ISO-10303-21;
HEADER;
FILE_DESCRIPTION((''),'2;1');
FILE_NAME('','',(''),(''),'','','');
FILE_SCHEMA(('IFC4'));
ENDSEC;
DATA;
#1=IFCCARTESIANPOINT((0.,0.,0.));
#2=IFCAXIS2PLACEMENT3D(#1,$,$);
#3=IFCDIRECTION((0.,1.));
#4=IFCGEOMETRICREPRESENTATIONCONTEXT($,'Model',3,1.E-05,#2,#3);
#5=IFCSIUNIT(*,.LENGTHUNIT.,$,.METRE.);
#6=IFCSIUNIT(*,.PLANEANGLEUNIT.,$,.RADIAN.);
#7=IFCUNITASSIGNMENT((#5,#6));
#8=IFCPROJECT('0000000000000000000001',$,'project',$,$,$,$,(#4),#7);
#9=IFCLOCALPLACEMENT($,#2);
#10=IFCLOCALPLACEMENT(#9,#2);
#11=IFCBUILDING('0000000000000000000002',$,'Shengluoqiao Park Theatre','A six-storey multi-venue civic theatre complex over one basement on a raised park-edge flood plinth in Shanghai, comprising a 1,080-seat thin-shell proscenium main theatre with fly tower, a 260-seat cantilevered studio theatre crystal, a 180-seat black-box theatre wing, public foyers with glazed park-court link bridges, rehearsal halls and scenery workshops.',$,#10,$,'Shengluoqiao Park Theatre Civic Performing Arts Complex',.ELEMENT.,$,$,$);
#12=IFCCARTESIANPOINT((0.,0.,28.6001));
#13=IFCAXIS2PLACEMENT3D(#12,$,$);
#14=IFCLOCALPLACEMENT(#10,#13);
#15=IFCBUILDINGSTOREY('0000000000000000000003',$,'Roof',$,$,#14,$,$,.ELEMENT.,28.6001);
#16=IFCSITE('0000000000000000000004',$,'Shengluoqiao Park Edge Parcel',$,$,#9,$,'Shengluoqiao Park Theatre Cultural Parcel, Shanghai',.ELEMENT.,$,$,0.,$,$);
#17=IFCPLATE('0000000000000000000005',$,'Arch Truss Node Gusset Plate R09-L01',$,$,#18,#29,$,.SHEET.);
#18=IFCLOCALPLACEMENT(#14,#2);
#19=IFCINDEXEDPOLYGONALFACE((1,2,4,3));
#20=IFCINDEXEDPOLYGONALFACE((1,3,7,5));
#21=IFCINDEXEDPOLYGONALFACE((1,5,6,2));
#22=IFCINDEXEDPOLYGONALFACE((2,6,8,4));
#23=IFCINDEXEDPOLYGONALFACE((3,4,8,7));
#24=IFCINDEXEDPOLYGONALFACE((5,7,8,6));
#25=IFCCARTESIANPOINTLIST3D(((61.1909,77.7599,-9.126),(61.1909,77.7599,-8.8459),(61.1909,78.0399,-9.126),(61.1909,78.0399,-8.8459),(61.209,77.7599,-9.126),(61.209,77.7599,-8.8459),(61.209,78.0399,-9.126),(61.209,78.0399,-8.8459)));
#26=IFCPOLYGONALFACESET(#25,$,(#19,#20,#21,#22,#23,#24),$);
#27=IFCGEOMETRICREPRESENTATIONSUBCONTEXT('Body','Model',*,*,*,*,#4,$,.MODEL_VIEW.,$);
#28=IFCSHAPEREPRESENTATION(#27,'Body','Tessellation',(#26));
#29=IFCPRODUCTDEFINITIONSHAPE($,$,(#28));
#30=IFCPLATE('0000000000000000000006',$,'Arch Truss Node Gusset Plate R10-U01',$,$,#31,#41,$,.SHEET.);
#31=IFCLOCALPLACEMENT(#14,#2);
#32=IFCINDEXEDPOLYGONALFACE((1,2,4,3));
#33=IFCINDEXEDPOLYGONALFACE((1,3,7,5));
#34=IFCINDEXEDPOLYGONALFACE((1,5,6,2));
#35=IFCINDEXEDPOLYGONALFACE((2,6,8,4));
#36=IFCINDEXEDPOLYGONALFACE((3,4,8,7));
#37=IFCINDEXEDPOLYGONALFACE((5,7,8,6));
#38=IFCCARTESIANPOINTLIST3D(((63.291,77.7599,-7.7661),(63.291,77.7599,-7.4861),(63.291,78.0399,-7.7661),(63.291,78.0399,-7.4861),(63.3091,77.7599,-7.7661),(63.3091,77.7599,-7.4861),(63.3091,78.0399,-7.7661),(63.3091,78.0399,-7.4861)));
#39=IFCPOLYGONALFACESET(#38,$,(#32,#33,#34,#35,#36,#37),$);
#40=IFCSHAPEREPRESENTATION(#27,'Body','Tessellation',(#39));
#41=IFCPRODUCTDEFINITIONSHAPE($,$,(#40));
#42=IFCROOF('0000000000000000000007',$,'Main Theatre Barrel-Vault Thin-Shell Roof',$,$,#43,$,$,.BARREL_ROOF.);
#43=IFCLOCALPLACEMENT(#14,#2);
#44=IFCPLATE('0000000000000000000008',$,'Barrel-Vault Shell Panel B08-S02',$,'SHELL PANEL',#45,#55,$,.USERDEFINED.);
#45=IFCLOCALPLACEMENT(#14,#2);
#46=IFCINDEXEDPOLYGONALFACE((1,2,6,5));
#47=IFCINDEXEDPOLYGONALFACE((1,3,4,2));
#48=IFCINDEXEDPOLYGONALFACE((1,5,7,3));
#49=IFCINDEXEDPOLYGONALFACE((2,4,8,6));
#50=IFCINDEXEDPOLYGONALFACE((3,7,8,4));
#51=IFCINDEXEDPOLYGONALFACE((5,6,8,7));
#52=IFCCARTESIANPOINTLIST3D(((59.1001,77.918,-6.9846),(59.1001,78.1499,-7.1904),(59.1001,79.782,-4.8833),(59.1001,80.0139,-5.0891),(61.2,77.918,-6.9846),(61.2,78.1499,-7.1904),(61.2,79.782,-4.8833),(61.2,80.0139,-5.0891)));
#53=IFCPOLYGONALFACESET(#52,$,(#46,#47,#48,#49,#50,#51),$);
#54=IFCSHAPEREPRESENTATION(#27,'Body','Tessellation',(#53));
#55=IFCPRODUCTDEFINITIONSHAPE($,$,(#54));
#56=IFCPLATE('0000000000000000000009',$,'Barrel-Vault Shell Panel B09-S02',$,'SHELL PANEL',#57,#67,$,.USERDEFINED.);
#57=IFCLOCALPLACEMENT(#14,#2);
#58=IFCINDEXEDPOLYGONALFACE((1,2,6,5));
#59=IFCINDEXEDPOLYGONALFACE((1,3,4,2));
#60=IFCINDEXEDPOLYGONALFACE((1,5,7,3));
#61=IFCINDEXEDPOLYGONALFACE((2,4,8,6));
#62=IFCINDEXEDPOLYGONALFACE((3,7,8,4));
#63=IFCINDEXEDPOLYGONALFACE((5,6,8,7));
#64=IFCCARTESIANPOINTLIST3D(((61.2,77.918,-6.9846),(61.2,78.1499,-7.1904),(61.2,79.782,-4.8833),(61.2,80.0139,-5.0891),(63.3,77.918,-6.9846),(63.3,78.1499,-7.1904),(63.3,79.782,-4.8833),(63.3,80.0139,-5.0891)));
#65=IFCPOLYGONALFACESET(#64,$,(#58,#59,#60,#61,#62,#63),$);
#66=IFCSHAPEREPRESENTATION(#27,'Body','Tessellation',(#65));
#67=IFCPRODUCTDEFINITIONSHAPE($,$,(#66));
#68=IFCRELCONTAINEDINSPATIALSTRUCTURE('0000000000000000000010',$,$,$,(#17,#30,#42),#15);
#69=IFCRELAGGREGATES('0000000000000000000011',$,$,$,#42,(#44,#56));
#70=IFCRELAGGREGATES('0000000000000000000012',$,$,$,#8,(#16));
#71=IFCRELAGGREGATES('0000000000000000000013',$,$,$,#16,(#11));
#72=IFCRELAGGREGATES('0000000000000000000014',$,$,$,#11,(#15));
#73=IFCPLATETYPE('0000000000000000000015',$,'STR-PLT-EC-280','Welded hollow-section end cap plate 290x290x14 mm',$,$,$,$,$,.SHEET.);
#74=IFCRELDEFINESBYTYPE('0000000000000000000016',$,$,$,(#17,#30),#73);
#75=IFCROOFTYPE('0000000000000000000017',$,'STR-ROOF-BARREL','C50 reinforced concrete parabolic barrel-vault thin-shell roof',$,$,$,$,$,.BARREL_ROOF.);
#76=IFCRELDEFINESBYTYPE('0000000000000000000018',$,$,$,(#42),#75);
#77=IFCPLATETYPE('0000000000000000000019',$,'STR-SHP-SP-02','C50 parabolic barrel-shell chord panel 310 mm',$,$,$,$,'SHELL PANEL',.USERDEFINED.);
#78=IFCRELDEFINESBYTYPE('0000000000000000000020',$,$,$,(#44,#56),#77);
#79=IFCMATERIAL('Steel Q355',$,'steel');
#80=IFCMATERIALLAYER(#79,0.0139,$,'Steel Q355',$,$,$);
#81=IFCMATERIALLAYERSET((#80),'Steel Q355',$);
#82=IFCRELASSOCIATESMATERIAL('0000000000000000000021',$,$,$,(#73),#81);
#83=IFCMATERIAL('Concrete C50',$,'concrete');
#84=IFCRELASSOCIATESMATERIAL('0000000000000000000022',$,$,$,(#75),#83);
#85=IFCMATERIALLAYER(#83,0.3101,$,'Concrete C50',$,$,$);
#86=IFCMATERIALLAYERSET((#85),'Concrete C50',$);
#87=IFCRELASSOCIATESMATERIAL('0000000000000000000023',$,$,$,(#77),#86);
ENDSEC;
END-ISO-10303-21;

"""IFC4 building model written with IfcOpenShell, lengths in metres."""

from ifc_helpers import new_model, si_unit, direction, frame, origin, origin_2d, place, context, subcontext, project, spatial, polyline, rectangle, outline, extrude, material, layer, layer_set, type_object, element, aggregate, save


model = new_model("IFC4")

# Units and contexts
model_context = context("Model", 3, precision=1e-05, world=origin(), true_north=direction((0.0, 1.0)))
body_context = subcontext(model_context, "Body", "Model", "MODEL_VIEW")
ifc_project = project(units=[si_unit("LENGTHUNIT", "METRE"), si_unit("PLANEANGLEUNIT", "RADIAN")], contexts=[model_context])

# Site, building, storey
site_placement = place(None, origin())
site = spatial("IfcSite", under=ifc_project, at=site_placement, Name="Shengluoqiao Park Edge Parcel", LongName="Shengluoqiao Park Theatre Cultural Parcel, Shanghai", CompositionType="ELEMENT", RefElevation=0.0)
building_placement = place(site_placement, origin())
building = spatial("IfcBuilding", under=site, at=building_placement, Name="Shengluoqiao Park Theatre", Description="A six-storey multi-venue civic theatre complex over one basement on a raised park-edge flood plinth in Shanghai, comprising a 1,080-seat thin-shell proscenium main theatre with fly tower, a 260-seat cantilevered studio theatre crystal, a 180-seat black-box theatre wing, public foyers with glazed park-court link bridges, rehearsal halls and scenery workshops.", LongName="Shengluoqiao Park Theatre Civic Performing Arts Complex", CompositionType="ELEMENT")
storey_placement = place(building_placement, frame((0.0, 0.0, 28.6001)))
storey = spatial("IfcBuildingStorey", under=building, at=storey_placement, Name="Roof", CompositionType="ELEMENT", Elevation=28.6001)

# Shared definitions
ifc_material_1 = material(Name="Concrete C50", Category="concrete")
ifc_material_2 = material(Name="Steel Q355", Category="steel")

# Plates
ifc_layer_1 = layer(ifc_material_2, 0.0139, Name="Steel Q355")
ifc_layer_set_1 = layer_set([ifc_layer_1], Name="Steel Q355")
plate_type_1 = type_object("IfcPlateType", Name="STR-PLT-EC-280", Description="Welded hollow-section end cap plate 290x290x14 mm", PredefinedType="SHEET", material=ifc_layer_set_1)
for number, where, z_axis, x_axis, name in (
    (1, (61.2, 77.8999, -9.126), (0.0, 0.0, 1.0), (1.0, 0.0, 0.0), "Arch Truss Node Gusset Plate R09-L01"),
    (2, (63.3, 77.8999, -7.7661), (0.0, 0.0, 1.0), (1.0, 0.0, 0.0), "Arch Truss Node Gusset Plate R10-U01"),
):
    element("IfcPlate", number, at=place(storey_placement, frame(where, z_axis=z_axis, x_axis=x_axis)), inside=storey, type_object=plate_type_1, Name=name, PredefinedType="SHEET", context=body_context, shape_type="SweptSolid", body=[
        extrude(rectangle(XDim=0.0181, YDim=0.28, at=origin_2d()), origin(), (0.0, 0.0, 1.0), 0.28),
    ])

# Roof, plates
roof_type = type_object("IfcRoofType", Name="STR-ROOF-BARREL", Description="C50 reinforced concrete parabolic barrel-vault thin-shell roof", PredefinedType="BARREL_ROOF", material=ifc_material_1)
roof_placement = place(storey_placement, origin())
roof = element("IfcRoof", 3, at=roof_placement, inside=storey, type_object=roof_type, Name="Main Theatre Barrel-Vault Thin-Shell Roof", PredefinedType="BARREL_ROOF")
ifc_layer_2 = layer(ifc_material_1, 0.3101, Name="Concrete C50")
ifc_layer_set_2 = layer_set([ifc_layer_2], Name="Concrete C50")
plate_type_2 = type_object("IfcPlateType", Name="STR-SHP-SP-02", Description="C50 parabolic barrel-shell chord panel 310 mm", ElementType="SHELL PANEL", PredefinedType="USERDEFINED", material=ifc_layer_set_2)
plate_1_placement = place(storey_placement, frame((59.1001, 77.918, -6.9846), z_axis=(0.0, -0.748085, 0.663603), x_axis=(1.0, 0.0, 0.0)))
plate_1 = element("IfcPlate", 4, at=plate_1_placement, type_object=plate_type_2, Name="Barrel-Vault Shell Panel B08-S02", ObjectType="SHELL PANEL", PredefinedType="USERDEFINED", context=body_context, shape_type="SweptSolid", body=[
    extrude(outline(polyline([(0.0, 0.0), (2.0999, 0.0), (2.0999, 2.8089), (0.0, 2.8089), (0.0, 0.0)])), origin(), (0.0, 0.0, -1.0), 0.3101),
])
plate_2_placement = place(storey_placement, frame((61.2, 77.918, -6.9846), z_axis=(0.0, -0.748085, 0.663603), x_axis=(1.0, 0.0, 0.0)))
plate_2 = element("IfcPlate", 5, at=plate_2_placement, type_object=plate_type_2, Name="Barrel-Vault Shell Panel B09-S02", ObjectType="SHELL PANEL", PredefinedType="USERDEFINED", context=body_context, shape_type="SweptSolid", body=[
    extrude(outline(polyline([(0.0, 0.0), (2.1001, 0.0), (2.1001, 2.8089), (0.0, 2.8089), (0.0, 0.0)])), origin(), (0.0, 0.0, -1.0), 0.3101),
])
aggregate(roof, [plate_1, plate_2])

save(model, "model.ifc")
